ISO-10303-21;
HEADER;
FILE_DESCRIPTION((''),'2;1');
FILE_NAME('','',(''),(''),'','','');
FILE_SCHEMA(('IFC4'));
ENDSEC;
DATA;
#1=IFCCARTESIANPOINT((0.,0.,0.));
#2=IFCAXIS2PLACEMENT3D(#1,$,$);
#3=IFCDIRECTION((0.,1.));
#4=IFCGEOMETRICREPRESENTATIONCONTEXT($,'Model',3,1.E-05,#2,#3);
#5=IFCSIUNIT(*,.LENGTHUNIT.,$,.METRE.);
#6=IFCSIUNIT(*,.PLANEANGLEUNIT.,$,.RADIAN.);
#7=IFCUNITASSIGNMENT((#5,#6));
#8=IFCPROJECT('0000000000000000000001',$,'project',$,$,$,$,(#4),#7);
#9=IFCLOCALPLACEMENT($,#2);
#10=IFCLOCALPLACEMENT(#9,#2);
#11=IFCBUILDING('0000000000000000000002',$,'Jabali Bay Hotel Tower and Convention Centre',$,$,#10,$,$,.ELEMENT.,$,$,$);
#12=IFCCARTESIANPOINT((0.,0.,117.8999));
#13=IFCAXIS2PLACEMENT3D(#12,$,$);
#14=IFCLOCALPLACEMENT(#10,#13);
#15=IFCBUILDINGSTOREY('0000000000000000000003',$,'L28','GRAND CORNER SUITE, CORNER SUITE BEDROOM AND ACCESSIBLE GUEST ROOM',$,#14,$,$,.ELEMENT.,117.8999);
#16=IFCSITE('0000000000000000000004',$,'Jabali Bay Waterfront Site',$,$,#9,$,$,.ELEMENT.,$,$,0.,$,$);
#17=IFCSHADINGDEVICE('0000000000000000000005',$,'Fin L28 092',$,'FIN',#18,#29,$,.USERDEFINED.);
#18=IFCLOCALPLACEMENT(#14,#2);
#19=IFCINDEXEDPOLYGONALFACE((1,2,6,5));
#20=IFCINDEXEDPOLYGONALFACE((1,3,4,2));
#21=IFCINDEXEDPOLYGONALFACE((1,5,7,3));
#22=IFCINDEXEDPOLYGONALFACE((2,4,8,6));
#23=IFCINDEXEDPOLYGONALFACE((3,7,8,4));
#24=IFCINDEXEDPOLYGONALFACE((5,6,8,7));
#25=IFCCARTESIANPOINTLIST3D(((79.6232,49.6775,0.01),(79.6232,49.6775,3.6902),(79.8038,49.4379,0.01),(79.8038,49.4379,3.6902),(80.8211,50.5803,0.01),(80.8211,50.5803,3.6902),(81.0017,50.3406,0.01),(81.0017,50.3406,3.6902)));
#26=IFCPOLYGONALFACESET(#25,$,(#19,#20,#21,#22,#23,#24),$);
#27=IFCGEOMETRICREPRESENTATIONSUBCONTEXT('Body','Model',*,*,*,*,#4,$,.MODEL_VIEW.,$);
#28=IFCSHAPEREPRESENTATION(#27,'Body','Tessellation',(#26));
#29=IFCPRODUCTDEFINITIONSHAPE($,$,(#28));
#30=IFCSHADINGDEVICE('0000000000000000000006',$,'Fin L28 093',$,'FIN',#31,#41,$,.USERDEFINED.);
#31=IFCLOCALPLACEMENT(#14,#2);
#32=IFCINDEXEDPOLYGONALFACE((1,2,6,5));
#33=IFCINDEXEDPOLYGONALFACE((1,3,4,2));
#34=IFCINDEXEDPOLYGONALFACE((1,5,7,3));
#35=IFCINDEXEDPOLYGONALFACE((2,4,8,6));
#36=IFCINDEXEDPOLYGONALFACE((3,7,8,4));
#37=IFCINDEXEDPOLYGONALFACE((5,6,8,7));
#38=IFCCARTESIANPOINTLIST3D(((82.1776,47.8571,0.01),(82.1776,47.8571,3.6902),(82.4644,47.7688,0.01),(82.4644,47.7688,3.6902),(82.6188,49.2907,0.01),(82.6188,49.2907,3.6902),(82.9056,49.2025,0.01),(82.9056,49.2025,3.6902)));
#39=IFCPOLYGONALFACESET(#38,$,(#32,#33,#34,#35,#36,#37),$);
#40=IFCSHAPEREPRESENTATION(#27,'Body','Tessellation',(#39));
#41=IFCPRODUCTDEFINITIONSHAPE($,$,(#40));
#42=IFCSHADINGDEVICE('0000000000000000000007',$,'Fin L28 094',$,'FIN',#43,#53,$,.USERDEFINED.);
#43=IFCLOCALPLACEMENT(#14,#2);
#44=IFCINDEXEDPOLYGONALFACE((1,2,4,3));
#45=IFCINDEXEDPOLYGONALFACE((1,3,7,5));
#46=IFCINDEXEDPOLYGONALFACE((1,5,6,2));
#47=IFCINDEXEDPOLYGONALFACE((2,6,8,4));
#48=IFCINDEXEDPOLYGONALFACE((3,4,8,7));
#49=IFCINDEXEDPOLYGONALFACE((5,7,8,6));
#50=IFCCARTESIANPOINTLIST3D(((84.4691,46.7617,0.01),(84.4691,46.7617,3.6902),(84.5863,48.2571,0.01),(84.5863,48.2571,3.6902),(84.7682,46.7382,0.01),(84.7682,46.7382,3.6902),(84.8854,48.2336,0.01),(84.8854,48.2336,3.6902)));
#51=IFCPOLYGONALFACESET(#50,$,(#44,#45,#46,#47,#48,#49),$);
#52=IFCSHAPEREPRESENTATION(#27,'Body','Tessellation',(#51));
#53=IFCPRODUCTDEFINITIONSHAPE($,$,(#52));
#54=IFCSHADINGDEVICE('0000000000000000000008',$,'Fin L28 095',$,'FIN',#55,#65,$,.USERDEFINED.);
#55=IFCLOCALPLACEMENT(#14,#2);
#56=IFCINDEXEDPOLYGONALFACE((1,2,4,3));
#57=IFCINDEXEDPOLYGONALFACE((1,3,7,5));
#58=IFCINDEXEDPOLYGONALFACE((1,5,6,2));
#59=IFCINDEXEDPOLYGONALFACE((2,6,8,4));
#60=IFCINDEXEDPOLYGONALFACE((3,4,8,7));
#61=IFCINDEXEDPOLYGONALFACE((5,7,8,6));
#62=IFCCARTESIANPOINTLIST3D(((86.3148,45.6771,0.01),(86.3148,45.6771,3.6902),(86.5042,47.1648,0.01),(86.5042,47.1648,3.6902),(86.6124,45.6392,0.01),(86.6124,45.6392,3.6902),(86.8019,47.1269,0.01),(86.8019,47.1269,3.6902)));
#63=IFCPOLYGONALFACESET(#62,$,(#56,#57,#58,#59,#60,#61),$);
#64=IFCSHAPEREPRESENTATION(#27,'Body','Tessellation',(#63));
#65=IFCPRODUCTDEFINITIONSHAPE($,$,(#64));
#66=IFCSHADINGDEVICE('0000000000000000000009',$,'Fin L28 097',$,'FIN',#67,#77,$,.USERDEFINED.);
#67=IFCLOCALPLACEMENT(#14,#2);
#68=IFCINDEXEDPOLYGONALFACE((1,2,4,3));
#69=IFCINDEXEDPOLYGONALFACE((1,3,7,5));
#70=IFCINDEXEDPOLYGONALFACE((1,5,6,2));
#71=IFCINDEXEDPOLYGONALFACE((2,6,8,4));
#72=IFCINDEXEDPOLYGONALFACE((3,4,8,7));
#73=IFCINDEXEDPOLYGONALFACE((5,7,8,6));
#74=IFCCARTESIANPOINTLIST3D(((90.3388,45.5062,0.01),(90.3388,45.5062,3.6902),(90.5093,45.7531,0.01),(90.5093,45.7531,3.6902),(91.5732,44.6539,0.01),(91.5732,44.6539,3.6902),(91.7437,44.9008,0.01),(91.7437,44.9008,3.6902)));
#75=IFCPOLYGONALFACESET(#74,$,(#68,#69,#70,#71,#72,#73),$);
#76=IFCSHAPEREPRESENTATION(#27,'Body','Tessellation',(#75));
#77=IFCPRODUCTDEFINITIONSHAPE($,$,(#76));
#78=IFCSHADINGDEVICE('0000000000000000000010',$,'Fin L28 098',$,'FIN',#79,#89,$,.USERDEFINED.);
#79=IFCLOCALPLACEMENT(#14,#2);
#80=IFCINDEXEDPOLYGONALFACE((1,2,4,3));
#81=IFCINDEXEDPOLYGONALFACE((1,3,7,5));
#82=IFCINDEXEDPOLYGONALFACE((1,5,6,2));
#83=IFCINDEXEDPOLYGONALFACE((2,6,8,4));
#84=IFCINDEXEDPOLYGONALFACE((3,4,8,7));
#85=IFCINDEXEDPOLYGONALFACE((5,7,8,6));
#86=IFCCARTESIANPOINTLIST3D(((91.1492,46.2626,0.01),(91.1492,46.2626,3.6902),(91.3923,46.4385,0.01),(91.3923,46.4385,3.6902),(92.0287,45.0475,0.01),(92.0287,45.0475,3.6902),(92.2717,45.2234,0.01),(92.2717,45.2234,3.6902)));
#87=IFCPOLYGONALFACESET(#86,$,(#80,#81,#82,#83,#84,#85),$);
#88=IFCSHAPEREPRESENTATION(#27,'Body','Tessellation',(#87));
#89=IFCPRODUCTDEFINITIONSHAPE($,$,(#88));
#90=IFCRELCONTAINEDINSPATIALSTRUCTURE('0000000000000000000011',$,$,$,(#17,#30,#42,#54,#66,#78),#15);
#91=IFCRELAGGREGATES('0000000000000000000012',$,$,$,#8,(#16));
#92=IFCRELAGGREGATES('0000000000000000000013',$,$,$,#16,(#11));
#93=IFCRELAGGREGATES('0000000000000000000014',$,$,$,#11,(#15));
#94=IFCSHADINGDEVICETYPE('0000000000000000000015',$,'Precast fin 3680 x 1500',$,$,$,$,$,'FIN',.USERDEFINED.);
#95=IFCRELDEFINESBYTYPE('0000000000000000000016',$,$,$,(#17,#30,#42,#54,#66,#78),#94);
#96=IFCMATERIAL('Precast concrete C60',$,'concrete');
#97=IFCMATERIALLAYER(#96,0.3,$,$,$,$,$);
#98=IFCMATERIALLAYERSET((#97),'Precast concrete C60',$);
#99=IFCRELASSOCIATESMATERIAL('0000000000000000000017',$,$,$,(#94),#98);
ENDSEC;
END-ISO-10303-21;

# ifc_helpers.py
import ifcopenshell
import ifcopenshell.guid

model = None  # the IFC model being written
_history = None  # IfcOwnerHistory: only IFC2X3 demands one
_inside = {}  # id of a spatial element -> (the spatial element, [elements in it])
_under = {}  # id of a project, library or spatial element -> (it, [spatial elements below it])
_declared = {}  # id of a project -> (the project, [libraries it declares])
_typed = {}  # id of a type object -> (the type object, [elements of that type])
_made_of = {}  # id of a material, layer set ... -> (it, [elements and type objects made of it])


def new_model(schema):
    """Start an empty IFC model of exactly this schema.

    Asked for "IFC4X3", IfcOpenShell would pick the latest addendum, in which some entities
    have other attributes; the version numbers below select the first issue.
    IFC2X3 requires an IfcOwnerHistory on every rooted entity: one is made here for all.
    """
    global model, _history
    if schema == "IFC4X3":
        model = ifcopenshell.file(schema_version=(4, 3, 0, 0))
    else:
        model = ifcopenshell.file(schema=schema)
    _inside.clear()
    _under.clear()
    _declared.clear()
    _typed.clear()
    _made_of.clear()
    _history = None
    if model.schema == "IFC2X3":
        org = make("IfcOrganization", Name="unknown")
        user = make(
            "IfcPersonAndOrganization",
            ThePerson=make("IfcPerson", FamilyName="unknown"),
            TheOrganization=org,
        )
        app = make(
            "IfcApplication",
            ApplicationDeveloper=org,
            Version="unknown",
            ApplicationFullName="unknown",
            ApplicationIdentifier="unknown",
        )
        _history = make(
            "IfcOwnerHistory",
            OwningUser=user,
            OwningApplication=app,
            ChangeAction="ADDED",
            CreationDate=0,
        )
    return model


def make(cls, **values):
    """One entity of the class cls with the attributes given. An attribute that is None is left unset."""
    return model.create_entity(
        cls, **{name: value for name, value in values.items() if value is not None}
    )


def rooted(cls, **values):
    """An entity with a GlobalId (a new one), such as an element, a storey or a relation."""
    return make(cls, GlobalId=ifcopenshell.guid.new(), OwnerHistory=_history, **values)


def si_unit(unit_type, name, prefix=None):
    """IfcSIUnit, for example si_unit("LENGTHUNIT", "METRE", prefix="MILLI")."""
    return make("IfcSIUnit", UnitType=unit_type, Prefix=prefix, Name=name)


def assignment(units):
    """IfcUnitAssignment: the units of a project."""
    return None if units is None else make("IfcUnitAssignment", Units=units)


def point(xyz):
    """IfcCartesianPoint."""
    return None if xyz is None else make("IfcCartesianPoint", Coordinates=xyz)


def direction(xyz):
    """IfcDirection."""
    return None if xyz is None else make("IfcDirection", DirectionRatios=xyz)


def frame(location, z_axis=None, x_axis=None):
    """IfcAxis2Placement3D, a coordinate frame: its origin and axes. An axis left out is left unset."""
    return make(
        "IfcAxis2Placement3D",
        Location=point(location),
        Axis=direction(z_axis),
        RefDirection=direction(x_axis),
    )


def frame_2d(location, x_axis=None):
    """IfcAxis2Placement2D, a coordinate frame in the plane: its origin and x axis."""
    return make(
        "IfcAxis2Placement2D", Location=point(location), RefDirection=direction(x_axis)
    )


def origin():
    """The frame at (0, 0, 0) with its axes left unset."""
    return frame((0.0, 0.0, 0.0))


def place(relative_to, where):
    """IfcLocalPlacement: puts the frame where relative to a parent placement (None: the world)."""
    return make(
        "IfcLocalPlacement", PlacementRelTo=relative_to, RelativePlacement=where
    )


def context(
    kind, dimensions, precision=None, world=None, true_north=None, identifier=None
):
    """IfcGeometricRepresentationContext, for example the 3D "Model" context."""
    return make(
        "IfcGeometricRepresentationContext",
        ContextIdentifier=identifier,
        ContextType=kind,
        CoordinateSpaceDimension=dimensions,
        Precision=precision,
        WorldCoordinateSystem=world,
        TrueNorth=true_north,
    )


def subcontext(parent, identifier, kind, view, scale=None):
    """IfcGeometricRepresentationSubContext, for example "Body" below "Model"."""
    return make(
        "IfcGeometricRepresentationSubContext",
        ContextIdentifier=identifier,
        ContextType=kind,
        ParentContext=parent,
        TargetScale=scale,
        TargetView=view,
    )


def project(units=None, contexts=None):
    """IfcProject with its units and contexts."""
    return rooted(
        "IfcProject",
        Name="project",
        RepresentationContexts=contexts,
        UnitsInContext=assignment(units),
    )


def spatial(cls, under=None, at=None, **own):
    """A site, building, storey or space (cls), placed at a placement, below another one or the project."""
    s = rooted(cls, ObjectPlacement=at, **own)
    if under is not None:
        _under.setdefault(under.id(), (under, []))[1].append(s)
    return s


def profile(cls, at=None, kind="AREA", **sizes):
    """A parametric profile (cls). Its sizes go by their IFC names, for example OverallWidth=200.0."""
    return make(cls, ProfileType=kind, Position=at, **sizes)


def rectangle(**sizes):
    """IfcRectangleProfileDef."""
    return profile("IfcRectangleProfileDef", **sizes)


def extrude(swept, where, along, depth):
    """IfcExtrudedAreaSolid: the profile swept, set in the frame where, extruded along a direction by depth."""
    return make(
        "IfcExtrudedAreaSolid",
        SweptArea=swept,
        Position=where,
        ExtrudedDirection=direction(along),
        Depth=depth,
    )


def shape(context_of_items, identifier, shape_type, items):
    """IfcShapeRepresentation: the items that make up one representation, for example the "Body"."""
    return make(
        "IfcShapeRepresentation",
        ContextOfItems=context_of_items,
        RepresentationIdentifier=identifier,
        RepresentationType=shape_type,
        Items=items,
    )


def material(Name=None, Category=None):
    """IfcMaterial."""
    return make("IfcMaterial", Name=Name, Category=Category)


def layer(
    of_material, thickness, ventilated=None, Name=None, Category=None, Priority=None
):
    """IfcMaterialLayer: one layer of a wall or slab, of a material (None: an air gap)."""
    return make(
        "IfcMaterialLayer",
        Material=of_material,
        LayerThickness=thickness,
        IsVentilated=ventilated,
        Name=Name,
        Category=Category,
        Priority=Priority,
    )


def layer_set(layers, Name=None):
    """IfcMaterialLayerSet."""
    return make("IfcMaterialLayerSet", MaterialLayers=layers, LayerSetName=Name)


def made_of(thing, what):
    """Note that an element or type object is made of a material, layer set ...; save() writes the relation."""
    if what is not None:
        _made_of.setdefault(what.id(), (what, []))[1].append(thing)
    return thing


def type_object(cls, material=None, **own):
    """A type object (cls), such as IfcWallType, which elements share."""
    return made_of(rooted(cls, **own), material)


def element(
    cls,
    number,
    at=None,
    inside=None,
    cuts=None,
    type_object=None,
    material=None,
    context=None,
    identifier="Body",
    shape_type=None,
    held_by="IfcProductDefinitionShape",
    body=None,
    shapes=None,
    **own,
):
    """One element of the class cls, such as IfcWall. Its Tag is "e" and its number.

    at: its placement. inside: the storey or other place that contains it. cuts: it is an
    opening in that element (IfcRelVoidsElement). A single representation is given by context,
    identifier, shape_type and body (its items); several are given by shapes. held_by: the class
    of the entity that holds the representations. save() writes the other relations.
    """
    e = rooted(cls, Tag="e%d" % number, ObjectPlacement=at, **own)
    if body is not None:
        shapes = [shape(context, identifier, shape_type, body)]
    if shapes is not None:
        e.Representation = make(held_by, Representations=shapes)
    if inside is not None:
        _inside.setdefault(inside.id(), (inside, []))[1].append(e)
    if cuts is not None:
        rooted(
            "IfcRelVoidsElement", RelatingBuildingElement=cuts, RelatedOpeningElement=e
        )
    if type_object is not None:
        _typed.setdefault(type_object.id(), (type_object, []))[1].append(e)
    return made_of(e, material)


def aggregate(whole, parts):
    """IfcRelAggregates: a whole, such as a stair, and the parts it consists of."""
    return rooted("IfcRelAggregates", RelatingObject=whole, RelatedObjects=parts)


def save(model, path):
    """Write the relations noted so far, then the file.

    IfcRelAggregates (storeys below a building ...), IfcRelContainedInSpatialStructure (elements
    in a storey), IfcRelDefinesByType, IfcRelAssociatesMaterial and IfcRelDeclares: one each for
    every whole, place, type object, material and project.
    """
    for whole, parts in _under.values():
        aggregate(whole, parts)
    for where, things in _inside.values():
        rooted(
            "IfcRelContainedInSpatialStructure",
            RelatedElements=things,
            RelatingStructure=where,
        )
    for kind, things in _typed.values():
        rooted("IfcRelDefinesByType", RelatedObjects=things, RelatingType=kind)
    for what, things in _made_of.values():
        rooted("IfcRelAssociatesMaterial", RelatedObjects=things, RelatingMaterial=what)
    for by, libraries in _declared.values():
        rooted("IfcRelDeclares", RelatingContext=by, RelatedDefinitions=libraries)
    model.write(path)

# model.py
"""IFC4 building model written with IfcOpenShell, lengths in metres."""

from ifc_helpers import new_model, si_unit, direction, frame, frame_2d, origin, place, context, subcontext, project, spatial, rectangle, extrude, material, layer, layer_set, type_object, element, save


model = new_model("IFC4")

# Units and contexts
model_context = context("Model", 3, precision=1e-05, world=origin(), true_north=direction((0.0, 1.0)))
body_context = subcontext(model_context, "Body", "Model", "MODEL_VIEW")
ifc_project = project(units=[si_unit("LENGTHUNIT", "METRE"), si_unit("PLANEANGLEUNIT", "RADIAN")], contexts=[model_context])

# Site, building, storey
site_placement = place(None, origin())
site = spatial("IfcSite", under=ifc_project, at=site_placement, Name="Jabali Bay Waterfront Site", CompositionType="ELEMENT", RefElevation=0.0)
building_placement = place(site_placement, origin())
building = spatial("IfcBuilding", under=site, at=building_placement, Name="Jabali Bay Hotel Tower and Convention Centre", CompositionType="ELEMENT")
storey_placement = place(building_placement, frame((0.0, 0.0, 117.8999)))
storey = spatial("IfcBuildingStorey", under=building, at=storey_placement, Name="L28", Description="GRAND CORNER SUITE, CORNER SUITE BEDROOM AND ACCESSIBLE GUEST ROOM", CompositionType="ELEMENT", Elevation=117.8999)

# Shading devices
ifc_material_1 = material(Name="Precast concrete C60", Category="concrete")
ifc_layer_1 = layer(ifc_material_1, 0.3)
ifc_layer_set_1 = layer_set([ifc_layer_1], Name="Precast concrete C60")
shading_device_type_1 = type_object("IfcShadingDeviceType", Name="Precast fin 3680 x 1500", ElementType="FIN", PredefinedType="USERDEFINED", material=ifc_layer_set_1)
for number, where, z_axis, x_axis, name in (
    (1, (80.9114, 50.4604, 0.01), (0.0, 0.0, 1.0), (-0.798611, -0.601847, 0.0), "Fin L28 092"),
    (2, (82.7622, 49.2466, 0.01), (0.0, 0.0, 1.0), (-0.29412, -0.955768, 0.0), "Fin L28 093"),
    (3, (84.7358, 48.2454, 0.01), (0.0, 0.0, 1.0), (-0.078128, -0.996943, 0.0), "Fin L28 094"),
):
    element("IfcShadingDevice", number, at=place(storey_placement, frame(where, z_axis=z_axis, x_axis=x_axis)), inside=storey, type_object=shading_device_type_1, Name=name, ObjectType="FIN", PredefinedType="USERDEFINED", context=body_context, shape_type="SweptSolid", body=[
        extrude(rectangle(XDim=1.5, YDim=0.3, at=frame_2d((0.75, 0.0))), origin(), (0.0, 0.0, 1.0), 3.6802),
    ])
shading_device_1_placement = place(storey_placement, frame((86.6531, 47.146, 0.01), z_axis=(0.0, 0.0, 1.0), x_axis=(-0.126318, -0.99199, 0.0)))
element("IfcShadingDevice", 4, at=shading_device_1_placement, inside=storey, type_object=shading_device_type_1, Name="Fin L28 095", ObjectType="FIN", PredefinedType="USERDEFINED", context=body_context, shape_type="SweptSolid", body=[
    extrude(rectangle(XDim=1.4998, YDim=0.3, at=frame_2d((0.75, 0.0))), origin(), (0.0, 0.0, 1.0), 3.6802),
])
for number, where, z_axis, x_axis, name in (
    (5, (90.4241, 45.6296, 0.01), (0.0, 0.0, 1.0), (0.822901, -0.568185, 0.0), "Fin L28 097"),
    (6, (91.2708, 46.3506, 0.01), (0.0, 0.0, 1.0), (0.586293, -0.810099, 0.0), "Fin L28 098"),
):
    element("IfcShadingDevice", number, at=place(storey_placement, frame(where, z_axis=z_axis, x_axis=x_axis)), inside=storey, type_object=shading_device_type_1, Name=name, ObjectType="FIN", PredefinedType="USERDEFINED", context=body_context, shape_type="SweptSolid", body=[
        extrude(rectangle(XDim=1.5, YDim=0.3, at=frame_2d((0.75, 0.0))), origin(), (0.0, 0.0, 1.0), 3.6802),
    ])

save(model, "model.ifc")
